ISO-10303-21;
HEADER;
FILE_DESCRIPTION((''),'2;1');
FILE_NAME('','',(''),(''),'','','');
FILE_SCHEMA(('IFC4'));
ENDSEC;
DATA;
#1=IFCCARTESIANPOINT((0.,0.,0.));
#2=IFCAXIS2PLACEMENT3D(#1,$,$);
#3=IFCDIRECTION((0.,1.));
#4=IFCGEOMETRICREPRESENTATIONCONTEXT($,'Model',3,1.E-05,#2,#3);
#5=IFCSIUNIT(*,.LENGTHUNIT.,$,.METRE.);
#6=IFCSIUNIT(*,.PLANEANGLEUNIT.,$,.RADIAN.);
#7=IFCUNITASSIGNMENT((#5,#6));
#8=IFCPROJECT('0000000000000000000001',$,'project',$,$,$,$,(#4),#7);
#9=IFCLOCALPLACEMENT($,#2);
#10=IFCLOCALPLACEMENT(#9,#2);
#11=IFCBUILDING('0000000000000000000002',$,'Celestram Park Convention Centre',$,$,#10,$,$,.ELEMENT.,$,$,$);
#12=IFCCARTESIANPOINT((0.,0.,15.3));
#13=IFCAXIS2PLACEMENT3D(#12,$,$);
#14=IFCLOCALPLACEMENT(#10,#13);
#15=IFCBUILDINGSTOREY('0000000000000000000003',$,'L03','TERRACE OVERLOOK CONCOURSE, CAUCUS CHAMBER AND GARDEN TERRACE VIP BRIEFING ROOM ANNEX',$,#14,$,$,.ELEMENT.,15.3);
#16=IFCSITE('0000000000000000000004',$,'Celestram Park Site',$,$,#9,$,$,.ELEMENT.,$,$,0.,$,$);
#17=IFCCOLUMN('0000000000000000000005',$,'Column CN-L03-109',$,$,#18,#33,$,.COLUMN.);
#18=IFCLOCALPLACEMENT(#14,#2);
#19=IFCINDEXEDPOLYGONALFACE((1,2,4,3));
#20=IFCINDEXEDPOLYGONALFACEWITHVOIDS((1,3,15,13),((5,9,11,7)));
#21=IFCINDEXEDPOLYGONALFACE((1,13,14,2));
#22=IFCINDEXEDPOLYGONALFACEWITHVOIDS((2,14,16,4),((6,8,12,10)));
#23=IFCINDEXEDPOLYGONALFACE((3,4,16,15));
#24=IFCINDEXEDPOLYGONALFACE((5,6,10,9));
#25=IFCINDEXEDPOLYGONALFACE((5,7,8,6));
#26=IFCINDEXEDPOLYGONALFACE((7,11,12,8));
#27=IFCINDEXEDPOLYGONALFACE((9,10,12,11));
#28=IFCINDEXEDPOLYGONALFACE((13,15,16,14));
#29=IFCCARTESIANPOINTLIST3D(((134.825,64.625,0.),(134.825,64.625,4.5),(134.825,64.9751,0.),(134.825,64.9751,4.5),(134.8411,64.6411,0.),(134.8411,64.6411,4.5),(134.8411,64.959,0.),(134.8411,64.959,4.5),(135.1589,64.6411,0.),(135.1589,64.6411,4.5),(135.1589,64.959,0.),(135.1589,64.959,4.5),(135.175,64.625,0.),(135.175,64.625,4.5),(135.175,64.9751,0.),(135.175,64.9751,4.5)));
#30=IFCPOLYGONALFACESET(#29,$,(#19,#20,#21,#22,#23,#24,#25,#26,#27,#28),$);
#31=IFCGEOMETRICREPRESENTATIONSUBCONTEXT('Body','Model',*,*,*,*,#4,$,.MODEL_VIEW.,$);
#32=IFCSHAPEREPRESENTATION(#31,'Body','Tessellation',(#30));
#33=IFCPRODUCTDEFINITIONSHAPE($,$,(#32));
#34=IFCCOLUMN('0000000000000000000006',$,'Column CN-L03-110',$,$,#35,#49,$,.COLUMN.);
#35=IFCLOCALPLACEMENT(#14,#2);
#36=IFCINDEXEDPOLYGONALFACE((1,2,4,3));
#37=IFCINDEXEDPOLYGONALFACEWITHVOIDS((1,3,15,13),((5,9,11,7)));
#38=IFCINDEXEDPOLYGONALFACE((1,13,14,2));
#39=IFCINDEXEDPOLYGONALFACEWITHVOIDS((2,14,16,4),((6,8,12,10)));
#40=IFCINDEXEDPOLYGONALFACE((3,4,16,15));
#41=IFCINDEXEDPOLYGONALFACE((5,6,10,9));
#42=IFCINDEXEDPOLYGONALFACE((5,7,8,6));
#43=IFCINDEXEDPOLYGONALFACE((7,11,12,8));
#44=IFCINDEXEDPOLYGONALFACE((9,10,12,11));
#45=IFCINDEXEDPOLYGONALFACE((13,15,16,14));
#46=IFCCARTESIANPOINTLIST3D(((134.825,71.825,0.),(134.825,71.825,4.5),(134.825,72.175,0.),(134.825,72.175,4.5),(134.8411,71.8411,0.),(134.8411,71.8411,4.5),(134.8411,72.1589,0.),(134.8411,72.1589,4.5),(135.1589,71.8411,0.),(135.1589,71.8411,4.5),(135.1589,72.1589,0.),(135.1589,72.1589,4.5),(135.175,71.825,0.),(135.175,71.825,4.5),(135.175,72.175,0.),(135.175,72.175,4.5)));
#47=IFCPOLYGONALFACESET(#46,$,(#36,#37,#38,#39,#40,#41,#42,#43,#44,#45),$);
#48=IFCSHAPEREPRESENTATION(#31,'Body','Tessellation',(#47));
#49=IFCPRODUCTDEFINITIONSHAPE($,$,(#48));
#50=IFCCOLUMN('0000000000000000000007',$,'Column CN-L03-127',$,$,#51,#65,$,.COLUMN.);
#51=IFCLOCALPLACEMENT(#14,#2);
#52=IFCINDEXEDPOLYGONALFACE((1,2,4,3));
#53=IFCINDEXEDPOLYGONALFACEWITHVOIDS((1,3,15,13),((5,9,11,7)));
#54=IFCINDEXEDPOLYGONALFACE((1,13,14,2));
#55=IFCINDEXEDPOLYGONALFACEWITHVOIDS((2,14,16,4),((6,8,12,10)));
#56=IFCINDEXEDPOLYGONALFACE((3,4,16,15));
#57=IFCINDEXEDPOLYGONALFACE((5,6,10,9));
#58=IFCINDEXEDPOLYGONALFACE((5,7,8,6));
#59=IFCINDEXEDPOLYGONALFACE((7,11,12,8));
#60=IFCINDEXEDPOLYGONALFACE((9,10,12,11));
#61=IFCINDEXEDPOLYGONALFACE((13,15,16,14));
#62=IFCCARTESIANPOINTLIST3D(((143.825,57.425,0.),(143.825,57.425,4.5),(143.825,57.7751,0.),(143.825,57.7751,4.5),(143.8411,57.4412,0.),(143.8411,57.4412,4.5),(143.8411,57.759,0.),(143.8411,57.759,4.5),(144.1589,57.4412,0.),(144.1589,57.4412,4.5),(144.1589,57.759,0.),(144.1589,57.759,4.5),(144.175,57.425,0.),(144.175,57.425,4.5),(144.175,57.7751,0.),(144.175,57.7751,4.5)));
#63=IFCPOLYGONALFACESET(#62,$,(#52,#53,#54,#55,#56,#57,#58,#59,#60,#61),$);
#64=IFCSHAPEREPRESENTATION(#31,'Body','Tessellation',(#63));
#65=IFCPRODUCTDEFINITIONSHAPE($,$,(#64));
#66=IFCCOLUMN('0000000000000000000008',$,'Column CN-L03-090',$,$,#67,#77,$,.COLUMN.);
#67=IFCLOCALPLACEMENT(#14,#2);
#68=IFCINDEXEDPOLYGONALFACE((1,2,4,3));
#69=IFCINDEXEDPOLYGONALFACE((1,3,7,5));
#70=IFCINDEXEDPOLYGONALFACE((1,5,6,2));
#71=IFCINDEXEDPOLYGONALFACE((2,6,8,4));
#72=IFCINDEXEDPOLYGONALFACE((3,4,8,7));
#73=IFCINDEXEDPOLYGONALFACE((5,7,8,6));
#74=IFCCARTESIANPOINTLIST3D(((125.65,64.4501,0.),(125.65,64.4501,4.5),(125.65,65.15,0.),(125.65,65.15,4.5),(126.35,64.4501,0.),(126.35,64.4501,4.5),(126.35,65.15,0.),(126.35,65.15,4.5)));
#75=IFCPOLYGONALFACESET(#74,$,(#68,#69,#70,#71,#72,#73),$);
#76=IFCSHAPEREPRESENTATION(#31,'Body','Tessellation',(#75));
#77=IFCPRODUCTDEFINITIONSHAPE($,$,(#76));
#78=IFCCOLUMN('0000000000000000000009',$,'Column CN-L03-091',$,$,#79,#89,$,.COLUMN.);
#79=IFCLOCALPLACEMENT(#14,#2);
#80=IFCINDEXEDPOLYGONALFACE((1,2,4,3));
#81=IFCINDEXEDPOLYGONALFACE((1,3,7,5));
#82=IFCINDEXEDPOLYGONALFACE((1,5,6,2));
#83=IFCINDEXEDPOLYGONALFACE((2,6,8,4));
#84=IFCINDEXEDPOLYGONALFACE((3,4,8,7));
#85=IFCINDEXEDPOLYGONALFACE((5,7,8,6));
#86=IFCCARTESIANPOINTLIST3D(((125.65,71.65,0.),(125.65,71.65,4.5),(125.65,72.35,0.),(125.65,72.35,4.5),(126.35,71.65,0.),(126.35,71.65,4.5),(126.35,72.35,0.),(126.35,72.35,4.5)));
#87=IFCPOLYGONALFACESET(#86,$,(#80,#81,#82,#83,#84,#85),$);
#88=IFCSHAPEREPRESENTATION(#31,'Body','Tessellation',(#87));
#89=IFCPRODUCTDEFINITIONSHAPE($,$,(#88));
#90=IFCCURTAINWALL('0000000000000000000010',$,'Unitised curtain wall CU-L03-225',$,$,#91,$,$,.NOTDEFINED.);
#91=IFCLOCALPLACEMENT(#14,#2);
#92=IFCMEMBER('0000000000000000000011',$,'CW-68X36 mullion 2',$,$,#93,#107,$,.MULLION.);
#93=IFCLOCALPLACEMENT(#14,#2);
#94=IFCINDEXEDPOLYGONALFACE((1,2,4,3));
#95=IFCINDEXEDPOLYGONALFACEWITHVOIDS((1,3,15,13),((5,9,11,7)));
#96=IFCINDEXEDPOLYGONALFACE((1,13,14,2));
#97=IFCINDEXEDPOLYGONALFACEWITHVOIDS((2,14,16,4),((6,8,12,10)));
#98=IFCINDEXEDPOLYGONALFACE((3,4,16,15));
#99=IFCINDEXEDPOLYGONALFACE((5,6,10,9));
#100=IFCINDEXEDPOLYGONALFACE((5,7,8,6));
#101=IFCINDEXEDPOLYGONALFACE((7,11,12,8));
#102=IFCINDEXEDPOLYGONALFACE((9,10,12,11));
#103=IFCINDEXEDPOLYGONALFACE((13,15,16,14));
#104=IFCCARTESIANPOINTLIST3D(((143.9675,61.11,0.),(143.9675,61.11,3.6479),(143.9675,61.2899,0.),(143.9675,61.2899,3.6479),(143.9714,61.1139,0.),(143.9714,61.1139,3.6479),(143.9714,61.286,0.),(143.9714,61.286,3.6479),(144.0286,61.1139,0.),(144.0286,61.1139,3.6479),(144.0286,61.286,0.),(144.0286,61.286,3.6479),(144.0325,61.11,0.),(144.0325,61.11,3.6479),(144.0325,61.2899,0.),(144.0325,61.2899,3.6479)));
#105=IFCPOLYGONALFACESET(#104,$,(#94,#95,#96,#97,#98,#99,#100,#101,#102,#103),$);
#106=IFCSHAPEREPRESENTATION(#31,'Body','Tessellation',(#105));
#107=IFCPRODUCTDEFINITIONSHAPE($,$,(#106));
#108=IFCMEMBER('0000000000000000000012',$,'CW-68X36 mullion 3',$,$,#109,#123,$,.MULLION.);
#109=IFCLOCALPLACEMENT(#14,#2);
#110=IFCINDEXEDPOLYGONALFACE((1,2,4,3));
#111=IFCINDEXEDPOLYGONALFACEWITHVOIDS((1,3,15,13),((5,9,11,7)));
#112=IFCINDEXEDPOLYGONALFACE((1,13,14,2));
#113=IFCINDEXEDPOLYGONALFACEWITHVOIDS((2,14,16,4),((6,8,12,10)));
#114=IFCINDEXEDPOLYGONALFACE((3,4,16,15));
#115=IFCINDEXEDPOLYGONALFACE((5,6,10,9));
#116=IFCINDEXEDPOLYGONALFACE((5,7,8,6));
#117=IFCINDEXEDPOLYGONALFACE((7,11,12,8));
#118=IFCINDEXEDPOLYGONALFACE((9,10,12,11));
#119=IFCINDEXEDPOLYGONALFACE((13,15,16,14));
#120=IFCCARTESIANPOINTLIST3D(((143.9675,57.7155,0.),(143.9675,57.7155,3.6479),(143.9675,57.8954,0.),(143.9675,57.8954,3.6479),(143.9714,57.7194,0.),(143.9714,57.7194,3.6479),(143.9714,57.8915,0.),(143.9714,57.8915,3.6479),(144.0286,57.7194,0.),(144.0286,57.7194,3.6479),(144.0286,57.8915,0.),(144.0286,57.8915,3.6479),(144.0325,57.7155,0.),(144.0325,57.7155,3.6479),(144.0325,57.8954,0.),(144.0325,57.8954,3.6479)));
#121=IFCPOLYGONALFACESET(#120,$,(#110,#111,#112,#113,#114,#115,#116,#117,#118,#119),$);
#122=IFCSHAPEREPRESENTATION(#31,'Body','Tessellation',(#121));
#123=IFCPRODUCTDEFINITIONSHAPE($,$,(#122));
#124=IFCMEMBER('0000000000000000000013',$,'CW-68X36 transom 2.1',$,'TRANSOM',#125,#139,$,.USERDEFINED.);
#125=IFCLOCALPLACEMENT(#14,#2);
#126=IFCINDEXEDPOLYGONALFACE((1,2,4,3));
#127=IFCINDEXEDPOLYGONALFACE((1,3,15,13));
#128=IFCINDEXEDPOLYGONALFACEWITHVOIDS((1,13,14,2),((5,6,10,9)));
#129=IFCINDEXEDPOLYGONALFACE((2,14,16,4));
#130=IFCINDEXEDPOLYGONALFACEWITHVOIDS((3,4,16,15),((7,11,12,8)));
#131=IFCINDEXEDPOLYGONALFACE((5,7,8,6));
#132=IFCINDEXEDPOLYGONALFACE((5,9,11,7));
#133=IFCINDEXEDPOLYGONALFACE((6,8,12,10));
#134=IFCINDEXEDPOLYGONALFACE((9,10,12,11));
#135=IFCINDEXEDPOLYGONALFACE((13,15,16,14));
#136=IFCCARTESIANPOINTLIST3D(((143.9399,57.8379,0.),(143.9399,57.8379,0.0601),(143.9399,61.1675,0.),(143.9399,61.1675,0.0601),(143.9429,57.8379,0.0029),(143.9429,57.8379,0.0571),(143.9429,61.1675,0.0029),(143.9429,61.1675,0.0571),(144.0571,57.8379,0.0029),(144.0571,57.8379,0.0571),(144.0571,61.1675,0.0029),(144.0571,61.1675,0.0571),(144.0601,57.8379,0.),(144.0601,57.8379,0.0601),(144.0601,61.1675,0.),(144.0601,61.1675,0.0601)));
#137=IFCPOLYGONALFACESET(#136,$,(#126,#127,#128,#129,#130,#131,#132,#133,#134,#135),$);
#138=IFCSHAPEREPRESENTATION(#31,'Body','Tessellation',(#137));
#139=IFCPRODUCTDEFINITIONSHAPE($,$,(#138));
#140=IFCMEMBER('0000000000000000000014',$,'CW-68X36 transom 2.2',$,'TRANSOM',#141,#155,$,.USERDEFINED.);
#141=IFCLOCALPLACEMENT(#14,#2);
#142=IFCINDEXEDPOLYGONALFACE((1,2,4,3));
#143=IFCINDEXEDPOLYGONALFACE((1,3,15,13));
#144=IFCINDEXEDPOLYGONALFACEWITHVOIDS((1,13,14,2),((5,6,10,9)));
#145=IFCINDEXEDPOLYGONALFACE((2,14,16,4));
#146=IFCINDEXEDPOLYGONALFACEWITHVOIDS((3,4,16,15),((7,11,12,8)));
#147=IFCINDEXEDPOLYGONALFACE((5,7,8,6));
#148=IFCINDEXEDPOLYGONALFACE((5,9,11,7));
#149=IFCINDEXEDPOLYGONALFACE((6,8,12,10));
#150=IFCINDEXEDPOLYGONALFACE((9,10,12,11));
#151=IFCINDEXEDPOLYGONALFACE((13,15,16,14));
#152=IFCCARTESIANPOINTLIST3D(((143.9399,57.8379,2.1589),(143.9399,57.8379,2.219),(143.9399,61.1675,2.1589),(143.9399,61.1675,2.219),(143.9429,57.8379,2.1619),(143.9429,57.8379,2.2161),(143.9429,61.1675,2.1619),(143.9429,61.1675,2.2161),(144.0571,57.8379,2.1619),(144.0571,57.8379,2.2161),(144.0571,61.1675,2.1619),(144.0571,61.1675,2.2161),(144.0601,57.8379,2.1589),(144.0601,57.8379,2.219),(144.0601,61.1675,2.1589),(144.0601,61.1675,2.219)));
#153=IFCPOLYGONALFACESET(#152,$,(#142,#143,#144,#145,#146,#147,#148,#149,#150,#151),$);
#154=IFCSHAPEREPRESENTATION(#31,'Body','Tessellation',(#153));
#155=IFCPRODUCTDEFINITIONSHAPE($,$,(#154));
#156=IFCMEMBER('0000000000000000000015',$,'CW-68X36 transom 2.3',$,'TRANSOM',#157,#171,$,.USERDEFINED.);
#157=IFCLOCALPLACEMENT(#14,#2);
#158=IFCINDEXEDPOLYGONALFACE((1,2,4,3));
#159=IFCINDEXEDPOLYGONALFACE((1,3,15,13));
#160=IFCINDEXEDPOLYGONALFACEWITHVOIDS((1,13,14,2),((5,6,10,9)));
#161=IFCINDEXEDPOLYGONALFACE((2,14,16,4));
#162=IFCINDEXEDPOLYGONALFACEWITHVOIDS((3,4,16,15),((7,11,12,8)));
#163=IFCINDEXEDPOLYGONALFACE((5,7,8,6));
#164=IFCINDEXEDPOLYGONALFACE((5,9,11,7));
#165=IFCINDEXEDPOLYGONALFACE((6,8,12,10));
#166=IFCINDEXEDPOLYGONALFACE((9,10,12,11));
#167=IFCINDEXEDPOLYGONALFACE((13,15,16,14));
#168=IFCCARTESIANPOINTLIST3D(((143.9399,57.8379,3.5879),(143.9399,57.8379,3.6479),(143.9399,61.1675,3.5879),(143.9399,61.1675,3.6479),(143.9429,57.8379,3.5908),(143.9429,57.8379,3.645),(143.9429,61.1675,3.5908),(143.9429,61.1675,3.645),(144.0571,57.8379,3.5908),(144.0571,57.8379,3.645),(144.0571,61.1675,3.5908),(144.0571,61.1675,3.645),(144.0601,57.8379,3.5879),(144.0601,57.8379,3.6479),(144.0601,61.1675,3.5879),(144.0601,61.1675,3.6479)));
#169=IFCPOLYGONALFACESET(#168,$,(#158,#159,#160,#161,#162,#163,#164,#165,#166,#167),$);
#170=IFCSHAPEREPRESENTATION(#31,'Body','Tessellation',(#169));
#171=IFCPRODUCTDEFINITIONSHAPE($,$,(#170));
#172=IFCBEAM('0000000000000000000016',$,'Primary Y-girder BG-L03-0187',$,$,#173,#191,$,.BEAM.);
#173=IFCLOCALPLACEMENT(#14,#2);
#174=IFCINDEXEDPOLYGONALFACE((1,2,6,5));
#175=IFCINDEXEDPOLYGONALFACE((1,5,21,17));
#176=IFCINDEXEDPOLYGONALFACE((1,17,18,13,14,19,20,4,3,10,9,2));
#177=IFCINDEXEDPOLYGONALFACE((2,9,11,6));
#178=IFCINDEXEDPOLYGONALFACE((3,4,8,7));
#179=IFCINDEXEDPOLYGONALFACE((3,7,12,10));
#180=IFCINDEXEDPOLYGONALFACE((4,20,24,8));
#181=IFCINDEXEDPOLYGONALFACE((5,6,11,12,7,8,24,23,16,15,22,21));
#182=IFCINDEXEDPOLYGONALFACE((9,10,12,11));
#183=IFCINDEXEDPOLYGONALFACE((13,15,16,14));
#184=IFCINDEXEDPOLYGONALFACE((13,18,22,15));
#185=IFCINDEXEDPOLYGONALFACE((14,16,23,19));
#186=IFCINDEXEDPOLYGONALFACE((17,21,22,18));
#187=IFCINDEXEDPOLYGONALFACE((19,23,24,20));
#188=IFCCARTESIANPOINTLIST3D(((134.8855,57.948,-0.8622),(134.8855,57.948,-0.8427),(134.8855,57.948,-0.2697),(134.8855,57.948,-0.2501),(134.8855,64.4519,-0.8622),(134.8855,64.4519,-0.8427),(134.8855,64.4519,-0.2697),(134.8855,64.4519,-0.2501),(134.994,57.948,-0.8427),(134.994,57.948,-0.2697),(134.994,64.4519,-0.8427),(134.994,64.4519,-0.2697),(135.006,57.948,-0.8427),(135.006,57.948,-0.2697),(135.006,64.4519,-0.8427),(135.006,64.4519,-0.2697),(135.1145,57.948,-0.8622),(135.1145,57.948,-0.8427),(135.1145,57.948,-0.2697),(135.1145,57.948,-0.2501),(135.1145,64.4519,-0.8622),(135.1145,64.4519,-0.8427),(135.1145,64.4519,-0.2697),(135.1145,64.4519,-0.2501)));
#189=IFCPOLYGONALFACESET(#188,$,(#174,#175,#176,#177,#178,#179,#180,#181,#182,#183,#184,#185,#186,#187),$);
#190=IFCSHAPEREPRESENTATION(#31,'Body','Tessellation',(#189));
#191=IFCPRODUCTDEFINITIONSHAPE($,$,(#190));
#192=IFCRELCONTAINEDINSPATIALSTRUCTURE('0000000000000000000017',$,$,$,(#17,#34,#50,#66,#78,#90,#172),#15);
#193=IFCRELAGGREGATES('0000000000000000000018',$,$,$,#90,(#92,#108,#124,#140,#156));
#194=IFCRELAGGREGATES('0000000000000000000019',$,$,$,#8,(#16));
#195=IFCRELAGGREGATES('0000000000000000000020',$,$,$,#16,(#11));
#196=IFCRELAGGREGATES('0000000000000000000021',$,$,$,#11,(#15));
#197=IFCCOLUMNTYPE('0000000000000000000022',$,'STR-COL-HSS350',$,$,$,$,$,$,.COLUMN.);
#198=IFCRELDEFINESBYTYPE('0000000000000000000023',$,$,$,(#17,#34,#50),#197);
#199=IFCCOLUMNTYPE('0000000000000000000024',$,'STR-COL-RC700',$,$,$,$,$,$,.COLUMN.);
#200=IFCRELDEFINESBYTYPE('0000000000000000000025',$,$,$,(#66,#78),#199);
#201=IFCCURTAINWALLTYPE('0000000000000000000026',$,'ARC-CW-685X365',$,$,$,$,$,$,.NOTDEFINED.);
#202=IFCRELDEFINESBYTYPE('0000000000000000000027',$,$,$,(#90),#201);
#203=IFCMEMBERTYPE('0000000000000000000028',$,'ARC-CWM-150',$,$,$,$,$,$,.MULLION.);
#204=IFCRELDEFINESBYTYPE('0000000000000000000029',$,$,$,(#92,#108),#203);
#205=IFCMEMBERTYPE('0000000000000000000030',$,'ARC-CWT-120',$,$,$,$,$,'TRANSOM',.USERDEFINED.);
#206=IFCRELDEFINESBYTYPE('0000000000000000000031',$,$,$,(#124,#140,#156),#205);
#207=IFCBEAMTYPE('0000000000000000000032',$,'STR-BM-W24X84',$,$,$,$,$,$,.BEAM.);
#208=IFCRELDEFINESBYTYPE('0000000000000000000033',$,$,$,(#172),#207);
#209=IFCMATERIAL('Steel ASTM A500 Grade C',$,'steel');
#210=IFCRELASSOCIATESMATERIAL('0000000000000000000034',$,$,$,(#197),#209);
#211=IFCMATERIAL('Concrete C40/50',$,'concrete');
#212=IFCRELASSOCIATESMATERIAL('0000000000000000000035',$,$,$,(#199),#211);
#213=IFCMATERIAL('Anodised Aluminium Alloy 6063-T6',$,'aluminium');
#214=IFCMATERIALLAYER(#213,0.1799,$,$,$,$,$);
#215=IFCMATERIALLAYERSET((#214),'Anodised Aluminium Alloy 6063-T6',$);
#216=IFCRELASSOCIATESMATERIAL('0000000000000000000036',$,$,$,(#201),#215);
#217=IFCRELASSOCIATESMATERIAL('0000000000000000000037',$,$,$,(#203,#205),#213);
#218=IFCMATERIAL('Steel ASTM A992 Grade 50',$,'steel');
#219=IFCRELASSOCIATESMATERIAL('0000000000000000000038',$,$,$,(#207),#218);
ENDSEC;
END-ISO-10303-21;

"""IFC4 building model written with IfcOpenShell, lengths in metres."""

from ifc_helpers import new_model, si_unit, direction, frame, origin, origin_2d, place, context, subcontext, project, spatial, rectangle, hollow_rectangle, i_section, extrude, material, layer, layer_set, material_profile, profile_set, type_object, element, aggregate, save


model = new_model("IFC4")

# Units and contexts
model_context = context("Model", 3, precision=1e-05, world=origin(), true_north=direction((0.0, 1.0)))
body_context = subcontext(model_context, "Body", "Model", "MODEL_VIEW")
ifc_project = project(units=[si_unit("LENGTHUNIT", "METRE"), si_unit("PLANEANGLEUNIT", "RADIAN")], contexts=[model_context])

# Site, building, storey
site_placement = place(None, origin())
site = spatial("IfcSite", under=ifc_project, at=site_placement, Name="Celestram Park Site", CompositionType="ELEMENT", RefElevation=0.0)
building_placement = place(site_placement, origin())
building = spatial("IfcBuilding", under=site, at=building_placement, Name="Celestram Park Convention Centre", CompositionType="ELEMENT")
storey_placement = place(building_placement, frame((0.0, 0.0, 15.3)))
storey = spatial("IfcBuildingStorey", under=building, at=storey_placement, Name="L03", Description="TERRACE OVERLOOK CONCOURSE, CAUCUS CHAMBER AND GARDEN TERRACE VIP BRIEFING ROOM ANNEX", CompositionType="ELEMENT", Elevation=15.3)

# Columns
ifc_material_1 = material(Name="Steel ASTM A500 Grade C", Category="steel")
ifc_material_profile_1 = material_profile(ifc_material_1, hollow_rectangle(XDim=0.3501, YDim=0.3501, WallThickness=0.0161, at=origin_2d()), Name="HSS350X350X16")
ifc_profile_set_1 = profile_set([ifc_material_profile_1], Name="Steel ASTM A500 Grade C")
column_type_1 = type_object("IfcColumnType", Name="STR-COL-HSS350", PredefinedType="COLUMN", material=ifc_profile_set_1)
for number, where, z_axis, x_axis, name in (
    (1, (135.0, 64.8, 0.0), (0.0, 0.0, 1.0), (1.0, 0.0, 0.0), "Column CN-L03-109"),
    (2, (135.0, 72.0, 0.0), (0.0, 0.0, 1.0), (1.0, 0.0, 0.0), "Column CN-L03-110"),
    (3, (144.0, 57.6001, 0.0), (0.0, 0.0, 1.0), (1.0, 0.0, 0.0), "Column CN-L03-127"),
):
    element("IfcColumn", number, at=place(storey_placement, frame(where, z_axis=z_axis, x_axis=x_axis)), inside=storey, type_object=column_type_1, Name=name, PredefinedType="COLUMN", context=body_context, shape_type="SweptSolid", body=[
        extrude(hollow_rectangle(XDim=0.3501, YDim=0.3501, WallThickness=0.0161, at=origin_2d()), origin(), (0.0, 0.0, 1.0), 4.5),
    ])
ifc_material_2 = material(Name="Concrete C40/50", Category="concrete")
ifc_material_profile_2 = material_profile(ifc_material_2, rectangle(XDim=0.7, YDim=0.7, at=origin_2d()), Name="RC700X700")
ifc_profile_set_2 = profile_set([ifc_material_profile_2], Name="Concrete C40/50")
column_type_2 = type_object("IfcColumnType", Name="STR-COL-RC700", PredefinedType="COLUMN", material=ifc_profile_set_2)
for number, where, z_axis, x_axis, name in (
    (4, (126.0, 64.8, 0.0), (0.0, 0.0, 1.0), (1.0, 0.0, 0.0), "Column CN-L03-090"),
    (5, (126.0, 72.0, 0.0), (0.0, 0.0, 1.0), (1.0, 0.0, 0.0), "Column CN-L03-091"),
):
    element("IfcColumn", number, at=place(storey_placement, frame(where, z_axis=z_axis, x_axis=x_axis)), inside=storey, type_object=column_type_2, Name=name, PredefinedType="COLUMN", context=body_context, shape_type="SweptSolid", body=[
        extrude(rectangle(XDim=0.7, YDim=0.7, at=origin_2d()), origin(), (0.0, 0.0, 1.0), 4.5),
    ])

# Curtain wall, members
ifc_material_3 = material(Name="Anodised Aluminium Alloy 6063-T6", Category="aluminium")
ifc_layer_1 = layer(ifc_material_3, 0.1799)
ifc_layer_set_1 = layer_set([ifc_layer_1], Name="Anodised Aluminium Alloy 6063-T6")
curtain_wall_type = type_object("IfcCurtainWallType", Name="ARC-CW-685X365", PredefinedType="NOTDEFINED", material=ifc_layer_set_1)
curtain_wall_placement = place(storey_placement, origin())
curtain_wall = element("IfcCurtainWall", 6, at=curtain_wall_placement, inside=storey, type_object=curtain_wall_type, Name="Unitised curtain wall CU-L03-225", PredefinedType="NOTDEFINED")
ifc_material_profile_3 = material_profile(ifc_material_3, hollow_rectangle(XDim=0.0649, YDim=0.1799, WallThickness=0.0039, at=origin_2d()), Name="ALU65X180X4")
ifc_profile_set_3 = profile_set([ifc_material_profile_3], Name="Anodised Aluminium Alloy 6063-T6")
member_type_1 = type_object("IfcMemberType", Name="ARC-CWM-150", PredefinedType="MULLION", material=ifc_profile_set_3)
member_1_placement = place(storey_placement, frame((144.0, 61.2, 0.0), z_axis=(0.0, 0.0, 1.0), x_axis=(1.0, 0.0, 0.0)))
member_1 = element("IfcMember", 7, at=member_1_placement, type_object=member_type_1, Name="CW-68X36 mullion 2", PredefinedType="MULLION", context=body_context, shape_type="SweptSolid", body=[
    extrude(hollow_rectangle(XDim=0.0649, YDim=0.1799, WallThickness=0.0039, at=origin_2d()), origin(), (0.0, 0.0, 1.0), 3.6479),
])
member_2_placement = place(storey_placement, frame((144.0, 57.8054, 0.0), z_axis=(0.0, 0.0, 1.0), x_axis=(1.0, 0.0, 0.0)))
member_2 = element("IfcMember", 8, at=member_2_placement, type_object=member_type_1, Name="CW-68X36 mullion 3", PredefinedType="MULLION", context=body_context, shape_type="SweptSolid", body=[
    extrude(hollow_rectangle(XDim=0.0649, YDim=0.1799, WallThickness=0.0039, at=origin_2d()), origin(), (0.0, 0.0, 1.0), 3.6479),
])
ifc_material_profile_4 = material_profile(ifc_material_3, hollow_rectangle(XDim=0.1201, YDim=0.0601, WallThickness=0.0029, at=origin_2d()), Name="ALU120X60X3")
ifc_profile_set_4 = profile_set([ifc_material_profile_4], Name="Anodised Aluminium Alloy 6063-T6")
member_type_2 = type_object("IfcMemberType", Name="ARC-CWT-120", ElementType="TRANSOM", PredefinedType="USERDEFINED", material=ifc_profile_set_4)
member_3_placement = place(storey_placement, frame((144.0, 61.1675, 0.03), z_axis=(0.0, -1.0, 0.0), x_axis=(1.0, 0.0, 0.0)))
member_3 = element("IfcMember", 9, at=member_3_placement, type_object=member_type_2, Name="CW-68X36 transom 2.1", ObjectType="TRANSOM", PredefinedType="USERDEFINED", context=body_context, shape_type="SweptSolid", body=[
    extrude(hollow_rectangle(XDim=0.1201, YDim=0.0601, WallThickness=0.0029, at=origin_2d()), origin(), (0.0, 0.0, 1.0), 3.3296),
])
member_4_placement = place(storey_placement, frame((144.0, 61.1675, 2.189), z_axis=(0.0, -1.0, 0.0), x_axis=(1.0, 0.0, 0.0)))
member_4 = element("IfcMember", 10, at=member_4_placement, type_object=member_type_2, Name="CW-68X36 transom 2.2", ObjectType="TRANSOM", PredefinedType="USERDEFINED", context=body_context, shape_type="SweptSolid", body=[
    extrude(hollow_rectangle(XDim=0.1201, YDim=0.0601, WallThickness=0.0029, at=origin_2d()), origin(), (0.0, 0.0, 1.0), 3.3296),
])
member_5_placement = place(storey_placement, frame((144.0, 61.1675, 3.6179), z_axis=(0.0, -1.0, 0.0), x_axis=(1.0, 0.0, 0.0)))
member_5 = element("IfcMember", 11, at=member_5_placement, type_object=member_type_2, Name="CW-68X36 transom 2.3", ObjectType="TRANSOM", PredefinedType="USERDEFINED", context=body_context, shape_type="SweptSolid", body=[
    extrude(hollow_rectangle(XDim=0.1201, YDim=0.0601, WallThickness=0.0029, at=origin_2d()), origin(), (0.0, 0.0, 1.0), 3.3296),
])

# Beam
ifc_material_4 = material(Name="Steel ASTM A992 Grade 50", Category="steel")
ifc_material_profile_5 = material_profile(ifc_material_4, i_section(OverallWidth=0.229, OverallDepth=0.6121, WebThickness=0.012, FlangeThickness=0.0195, at=origin_2d()), Name="W24X84")
ifc_profile_set_5 = profile_set([ifc_material_profile_5], Name="Steel ASTM A992 Grade 50")
beam_type_1 = type_object("IfcBeamType", Name="STR-BM-W24X84", PredefinedType="BEAM", material=ifc_profile_set_5)
beam_1_placement = place(storey_placement, frame((135.0, 57.948, -0.5562), z_axis=(0.0, 1.0, 0.0), x_axis=(-1.0, 0.0, 0.0)))
element("IfcBeam", 12, at=beam_1_placement, inside=storey, type_object=beam_type_1, Name="Primary Y-girder BG-L03-0187", PredefinedType="BEAM", context=body_context, shape_type="SweptSolid", body=[
    extrude(i_section(OverallWidth=0.229, OverallDepth=0.6121, WebThickness=0.012, FlangeThickness=0.0195, at=origin_2d()), origin(), (0.0, 0.0, 1.0), 6.5039),
])

aggregate(curtain_wall, [member_1, member_2, member_3, member_4, member_5])

save(model, "model.ifc")
